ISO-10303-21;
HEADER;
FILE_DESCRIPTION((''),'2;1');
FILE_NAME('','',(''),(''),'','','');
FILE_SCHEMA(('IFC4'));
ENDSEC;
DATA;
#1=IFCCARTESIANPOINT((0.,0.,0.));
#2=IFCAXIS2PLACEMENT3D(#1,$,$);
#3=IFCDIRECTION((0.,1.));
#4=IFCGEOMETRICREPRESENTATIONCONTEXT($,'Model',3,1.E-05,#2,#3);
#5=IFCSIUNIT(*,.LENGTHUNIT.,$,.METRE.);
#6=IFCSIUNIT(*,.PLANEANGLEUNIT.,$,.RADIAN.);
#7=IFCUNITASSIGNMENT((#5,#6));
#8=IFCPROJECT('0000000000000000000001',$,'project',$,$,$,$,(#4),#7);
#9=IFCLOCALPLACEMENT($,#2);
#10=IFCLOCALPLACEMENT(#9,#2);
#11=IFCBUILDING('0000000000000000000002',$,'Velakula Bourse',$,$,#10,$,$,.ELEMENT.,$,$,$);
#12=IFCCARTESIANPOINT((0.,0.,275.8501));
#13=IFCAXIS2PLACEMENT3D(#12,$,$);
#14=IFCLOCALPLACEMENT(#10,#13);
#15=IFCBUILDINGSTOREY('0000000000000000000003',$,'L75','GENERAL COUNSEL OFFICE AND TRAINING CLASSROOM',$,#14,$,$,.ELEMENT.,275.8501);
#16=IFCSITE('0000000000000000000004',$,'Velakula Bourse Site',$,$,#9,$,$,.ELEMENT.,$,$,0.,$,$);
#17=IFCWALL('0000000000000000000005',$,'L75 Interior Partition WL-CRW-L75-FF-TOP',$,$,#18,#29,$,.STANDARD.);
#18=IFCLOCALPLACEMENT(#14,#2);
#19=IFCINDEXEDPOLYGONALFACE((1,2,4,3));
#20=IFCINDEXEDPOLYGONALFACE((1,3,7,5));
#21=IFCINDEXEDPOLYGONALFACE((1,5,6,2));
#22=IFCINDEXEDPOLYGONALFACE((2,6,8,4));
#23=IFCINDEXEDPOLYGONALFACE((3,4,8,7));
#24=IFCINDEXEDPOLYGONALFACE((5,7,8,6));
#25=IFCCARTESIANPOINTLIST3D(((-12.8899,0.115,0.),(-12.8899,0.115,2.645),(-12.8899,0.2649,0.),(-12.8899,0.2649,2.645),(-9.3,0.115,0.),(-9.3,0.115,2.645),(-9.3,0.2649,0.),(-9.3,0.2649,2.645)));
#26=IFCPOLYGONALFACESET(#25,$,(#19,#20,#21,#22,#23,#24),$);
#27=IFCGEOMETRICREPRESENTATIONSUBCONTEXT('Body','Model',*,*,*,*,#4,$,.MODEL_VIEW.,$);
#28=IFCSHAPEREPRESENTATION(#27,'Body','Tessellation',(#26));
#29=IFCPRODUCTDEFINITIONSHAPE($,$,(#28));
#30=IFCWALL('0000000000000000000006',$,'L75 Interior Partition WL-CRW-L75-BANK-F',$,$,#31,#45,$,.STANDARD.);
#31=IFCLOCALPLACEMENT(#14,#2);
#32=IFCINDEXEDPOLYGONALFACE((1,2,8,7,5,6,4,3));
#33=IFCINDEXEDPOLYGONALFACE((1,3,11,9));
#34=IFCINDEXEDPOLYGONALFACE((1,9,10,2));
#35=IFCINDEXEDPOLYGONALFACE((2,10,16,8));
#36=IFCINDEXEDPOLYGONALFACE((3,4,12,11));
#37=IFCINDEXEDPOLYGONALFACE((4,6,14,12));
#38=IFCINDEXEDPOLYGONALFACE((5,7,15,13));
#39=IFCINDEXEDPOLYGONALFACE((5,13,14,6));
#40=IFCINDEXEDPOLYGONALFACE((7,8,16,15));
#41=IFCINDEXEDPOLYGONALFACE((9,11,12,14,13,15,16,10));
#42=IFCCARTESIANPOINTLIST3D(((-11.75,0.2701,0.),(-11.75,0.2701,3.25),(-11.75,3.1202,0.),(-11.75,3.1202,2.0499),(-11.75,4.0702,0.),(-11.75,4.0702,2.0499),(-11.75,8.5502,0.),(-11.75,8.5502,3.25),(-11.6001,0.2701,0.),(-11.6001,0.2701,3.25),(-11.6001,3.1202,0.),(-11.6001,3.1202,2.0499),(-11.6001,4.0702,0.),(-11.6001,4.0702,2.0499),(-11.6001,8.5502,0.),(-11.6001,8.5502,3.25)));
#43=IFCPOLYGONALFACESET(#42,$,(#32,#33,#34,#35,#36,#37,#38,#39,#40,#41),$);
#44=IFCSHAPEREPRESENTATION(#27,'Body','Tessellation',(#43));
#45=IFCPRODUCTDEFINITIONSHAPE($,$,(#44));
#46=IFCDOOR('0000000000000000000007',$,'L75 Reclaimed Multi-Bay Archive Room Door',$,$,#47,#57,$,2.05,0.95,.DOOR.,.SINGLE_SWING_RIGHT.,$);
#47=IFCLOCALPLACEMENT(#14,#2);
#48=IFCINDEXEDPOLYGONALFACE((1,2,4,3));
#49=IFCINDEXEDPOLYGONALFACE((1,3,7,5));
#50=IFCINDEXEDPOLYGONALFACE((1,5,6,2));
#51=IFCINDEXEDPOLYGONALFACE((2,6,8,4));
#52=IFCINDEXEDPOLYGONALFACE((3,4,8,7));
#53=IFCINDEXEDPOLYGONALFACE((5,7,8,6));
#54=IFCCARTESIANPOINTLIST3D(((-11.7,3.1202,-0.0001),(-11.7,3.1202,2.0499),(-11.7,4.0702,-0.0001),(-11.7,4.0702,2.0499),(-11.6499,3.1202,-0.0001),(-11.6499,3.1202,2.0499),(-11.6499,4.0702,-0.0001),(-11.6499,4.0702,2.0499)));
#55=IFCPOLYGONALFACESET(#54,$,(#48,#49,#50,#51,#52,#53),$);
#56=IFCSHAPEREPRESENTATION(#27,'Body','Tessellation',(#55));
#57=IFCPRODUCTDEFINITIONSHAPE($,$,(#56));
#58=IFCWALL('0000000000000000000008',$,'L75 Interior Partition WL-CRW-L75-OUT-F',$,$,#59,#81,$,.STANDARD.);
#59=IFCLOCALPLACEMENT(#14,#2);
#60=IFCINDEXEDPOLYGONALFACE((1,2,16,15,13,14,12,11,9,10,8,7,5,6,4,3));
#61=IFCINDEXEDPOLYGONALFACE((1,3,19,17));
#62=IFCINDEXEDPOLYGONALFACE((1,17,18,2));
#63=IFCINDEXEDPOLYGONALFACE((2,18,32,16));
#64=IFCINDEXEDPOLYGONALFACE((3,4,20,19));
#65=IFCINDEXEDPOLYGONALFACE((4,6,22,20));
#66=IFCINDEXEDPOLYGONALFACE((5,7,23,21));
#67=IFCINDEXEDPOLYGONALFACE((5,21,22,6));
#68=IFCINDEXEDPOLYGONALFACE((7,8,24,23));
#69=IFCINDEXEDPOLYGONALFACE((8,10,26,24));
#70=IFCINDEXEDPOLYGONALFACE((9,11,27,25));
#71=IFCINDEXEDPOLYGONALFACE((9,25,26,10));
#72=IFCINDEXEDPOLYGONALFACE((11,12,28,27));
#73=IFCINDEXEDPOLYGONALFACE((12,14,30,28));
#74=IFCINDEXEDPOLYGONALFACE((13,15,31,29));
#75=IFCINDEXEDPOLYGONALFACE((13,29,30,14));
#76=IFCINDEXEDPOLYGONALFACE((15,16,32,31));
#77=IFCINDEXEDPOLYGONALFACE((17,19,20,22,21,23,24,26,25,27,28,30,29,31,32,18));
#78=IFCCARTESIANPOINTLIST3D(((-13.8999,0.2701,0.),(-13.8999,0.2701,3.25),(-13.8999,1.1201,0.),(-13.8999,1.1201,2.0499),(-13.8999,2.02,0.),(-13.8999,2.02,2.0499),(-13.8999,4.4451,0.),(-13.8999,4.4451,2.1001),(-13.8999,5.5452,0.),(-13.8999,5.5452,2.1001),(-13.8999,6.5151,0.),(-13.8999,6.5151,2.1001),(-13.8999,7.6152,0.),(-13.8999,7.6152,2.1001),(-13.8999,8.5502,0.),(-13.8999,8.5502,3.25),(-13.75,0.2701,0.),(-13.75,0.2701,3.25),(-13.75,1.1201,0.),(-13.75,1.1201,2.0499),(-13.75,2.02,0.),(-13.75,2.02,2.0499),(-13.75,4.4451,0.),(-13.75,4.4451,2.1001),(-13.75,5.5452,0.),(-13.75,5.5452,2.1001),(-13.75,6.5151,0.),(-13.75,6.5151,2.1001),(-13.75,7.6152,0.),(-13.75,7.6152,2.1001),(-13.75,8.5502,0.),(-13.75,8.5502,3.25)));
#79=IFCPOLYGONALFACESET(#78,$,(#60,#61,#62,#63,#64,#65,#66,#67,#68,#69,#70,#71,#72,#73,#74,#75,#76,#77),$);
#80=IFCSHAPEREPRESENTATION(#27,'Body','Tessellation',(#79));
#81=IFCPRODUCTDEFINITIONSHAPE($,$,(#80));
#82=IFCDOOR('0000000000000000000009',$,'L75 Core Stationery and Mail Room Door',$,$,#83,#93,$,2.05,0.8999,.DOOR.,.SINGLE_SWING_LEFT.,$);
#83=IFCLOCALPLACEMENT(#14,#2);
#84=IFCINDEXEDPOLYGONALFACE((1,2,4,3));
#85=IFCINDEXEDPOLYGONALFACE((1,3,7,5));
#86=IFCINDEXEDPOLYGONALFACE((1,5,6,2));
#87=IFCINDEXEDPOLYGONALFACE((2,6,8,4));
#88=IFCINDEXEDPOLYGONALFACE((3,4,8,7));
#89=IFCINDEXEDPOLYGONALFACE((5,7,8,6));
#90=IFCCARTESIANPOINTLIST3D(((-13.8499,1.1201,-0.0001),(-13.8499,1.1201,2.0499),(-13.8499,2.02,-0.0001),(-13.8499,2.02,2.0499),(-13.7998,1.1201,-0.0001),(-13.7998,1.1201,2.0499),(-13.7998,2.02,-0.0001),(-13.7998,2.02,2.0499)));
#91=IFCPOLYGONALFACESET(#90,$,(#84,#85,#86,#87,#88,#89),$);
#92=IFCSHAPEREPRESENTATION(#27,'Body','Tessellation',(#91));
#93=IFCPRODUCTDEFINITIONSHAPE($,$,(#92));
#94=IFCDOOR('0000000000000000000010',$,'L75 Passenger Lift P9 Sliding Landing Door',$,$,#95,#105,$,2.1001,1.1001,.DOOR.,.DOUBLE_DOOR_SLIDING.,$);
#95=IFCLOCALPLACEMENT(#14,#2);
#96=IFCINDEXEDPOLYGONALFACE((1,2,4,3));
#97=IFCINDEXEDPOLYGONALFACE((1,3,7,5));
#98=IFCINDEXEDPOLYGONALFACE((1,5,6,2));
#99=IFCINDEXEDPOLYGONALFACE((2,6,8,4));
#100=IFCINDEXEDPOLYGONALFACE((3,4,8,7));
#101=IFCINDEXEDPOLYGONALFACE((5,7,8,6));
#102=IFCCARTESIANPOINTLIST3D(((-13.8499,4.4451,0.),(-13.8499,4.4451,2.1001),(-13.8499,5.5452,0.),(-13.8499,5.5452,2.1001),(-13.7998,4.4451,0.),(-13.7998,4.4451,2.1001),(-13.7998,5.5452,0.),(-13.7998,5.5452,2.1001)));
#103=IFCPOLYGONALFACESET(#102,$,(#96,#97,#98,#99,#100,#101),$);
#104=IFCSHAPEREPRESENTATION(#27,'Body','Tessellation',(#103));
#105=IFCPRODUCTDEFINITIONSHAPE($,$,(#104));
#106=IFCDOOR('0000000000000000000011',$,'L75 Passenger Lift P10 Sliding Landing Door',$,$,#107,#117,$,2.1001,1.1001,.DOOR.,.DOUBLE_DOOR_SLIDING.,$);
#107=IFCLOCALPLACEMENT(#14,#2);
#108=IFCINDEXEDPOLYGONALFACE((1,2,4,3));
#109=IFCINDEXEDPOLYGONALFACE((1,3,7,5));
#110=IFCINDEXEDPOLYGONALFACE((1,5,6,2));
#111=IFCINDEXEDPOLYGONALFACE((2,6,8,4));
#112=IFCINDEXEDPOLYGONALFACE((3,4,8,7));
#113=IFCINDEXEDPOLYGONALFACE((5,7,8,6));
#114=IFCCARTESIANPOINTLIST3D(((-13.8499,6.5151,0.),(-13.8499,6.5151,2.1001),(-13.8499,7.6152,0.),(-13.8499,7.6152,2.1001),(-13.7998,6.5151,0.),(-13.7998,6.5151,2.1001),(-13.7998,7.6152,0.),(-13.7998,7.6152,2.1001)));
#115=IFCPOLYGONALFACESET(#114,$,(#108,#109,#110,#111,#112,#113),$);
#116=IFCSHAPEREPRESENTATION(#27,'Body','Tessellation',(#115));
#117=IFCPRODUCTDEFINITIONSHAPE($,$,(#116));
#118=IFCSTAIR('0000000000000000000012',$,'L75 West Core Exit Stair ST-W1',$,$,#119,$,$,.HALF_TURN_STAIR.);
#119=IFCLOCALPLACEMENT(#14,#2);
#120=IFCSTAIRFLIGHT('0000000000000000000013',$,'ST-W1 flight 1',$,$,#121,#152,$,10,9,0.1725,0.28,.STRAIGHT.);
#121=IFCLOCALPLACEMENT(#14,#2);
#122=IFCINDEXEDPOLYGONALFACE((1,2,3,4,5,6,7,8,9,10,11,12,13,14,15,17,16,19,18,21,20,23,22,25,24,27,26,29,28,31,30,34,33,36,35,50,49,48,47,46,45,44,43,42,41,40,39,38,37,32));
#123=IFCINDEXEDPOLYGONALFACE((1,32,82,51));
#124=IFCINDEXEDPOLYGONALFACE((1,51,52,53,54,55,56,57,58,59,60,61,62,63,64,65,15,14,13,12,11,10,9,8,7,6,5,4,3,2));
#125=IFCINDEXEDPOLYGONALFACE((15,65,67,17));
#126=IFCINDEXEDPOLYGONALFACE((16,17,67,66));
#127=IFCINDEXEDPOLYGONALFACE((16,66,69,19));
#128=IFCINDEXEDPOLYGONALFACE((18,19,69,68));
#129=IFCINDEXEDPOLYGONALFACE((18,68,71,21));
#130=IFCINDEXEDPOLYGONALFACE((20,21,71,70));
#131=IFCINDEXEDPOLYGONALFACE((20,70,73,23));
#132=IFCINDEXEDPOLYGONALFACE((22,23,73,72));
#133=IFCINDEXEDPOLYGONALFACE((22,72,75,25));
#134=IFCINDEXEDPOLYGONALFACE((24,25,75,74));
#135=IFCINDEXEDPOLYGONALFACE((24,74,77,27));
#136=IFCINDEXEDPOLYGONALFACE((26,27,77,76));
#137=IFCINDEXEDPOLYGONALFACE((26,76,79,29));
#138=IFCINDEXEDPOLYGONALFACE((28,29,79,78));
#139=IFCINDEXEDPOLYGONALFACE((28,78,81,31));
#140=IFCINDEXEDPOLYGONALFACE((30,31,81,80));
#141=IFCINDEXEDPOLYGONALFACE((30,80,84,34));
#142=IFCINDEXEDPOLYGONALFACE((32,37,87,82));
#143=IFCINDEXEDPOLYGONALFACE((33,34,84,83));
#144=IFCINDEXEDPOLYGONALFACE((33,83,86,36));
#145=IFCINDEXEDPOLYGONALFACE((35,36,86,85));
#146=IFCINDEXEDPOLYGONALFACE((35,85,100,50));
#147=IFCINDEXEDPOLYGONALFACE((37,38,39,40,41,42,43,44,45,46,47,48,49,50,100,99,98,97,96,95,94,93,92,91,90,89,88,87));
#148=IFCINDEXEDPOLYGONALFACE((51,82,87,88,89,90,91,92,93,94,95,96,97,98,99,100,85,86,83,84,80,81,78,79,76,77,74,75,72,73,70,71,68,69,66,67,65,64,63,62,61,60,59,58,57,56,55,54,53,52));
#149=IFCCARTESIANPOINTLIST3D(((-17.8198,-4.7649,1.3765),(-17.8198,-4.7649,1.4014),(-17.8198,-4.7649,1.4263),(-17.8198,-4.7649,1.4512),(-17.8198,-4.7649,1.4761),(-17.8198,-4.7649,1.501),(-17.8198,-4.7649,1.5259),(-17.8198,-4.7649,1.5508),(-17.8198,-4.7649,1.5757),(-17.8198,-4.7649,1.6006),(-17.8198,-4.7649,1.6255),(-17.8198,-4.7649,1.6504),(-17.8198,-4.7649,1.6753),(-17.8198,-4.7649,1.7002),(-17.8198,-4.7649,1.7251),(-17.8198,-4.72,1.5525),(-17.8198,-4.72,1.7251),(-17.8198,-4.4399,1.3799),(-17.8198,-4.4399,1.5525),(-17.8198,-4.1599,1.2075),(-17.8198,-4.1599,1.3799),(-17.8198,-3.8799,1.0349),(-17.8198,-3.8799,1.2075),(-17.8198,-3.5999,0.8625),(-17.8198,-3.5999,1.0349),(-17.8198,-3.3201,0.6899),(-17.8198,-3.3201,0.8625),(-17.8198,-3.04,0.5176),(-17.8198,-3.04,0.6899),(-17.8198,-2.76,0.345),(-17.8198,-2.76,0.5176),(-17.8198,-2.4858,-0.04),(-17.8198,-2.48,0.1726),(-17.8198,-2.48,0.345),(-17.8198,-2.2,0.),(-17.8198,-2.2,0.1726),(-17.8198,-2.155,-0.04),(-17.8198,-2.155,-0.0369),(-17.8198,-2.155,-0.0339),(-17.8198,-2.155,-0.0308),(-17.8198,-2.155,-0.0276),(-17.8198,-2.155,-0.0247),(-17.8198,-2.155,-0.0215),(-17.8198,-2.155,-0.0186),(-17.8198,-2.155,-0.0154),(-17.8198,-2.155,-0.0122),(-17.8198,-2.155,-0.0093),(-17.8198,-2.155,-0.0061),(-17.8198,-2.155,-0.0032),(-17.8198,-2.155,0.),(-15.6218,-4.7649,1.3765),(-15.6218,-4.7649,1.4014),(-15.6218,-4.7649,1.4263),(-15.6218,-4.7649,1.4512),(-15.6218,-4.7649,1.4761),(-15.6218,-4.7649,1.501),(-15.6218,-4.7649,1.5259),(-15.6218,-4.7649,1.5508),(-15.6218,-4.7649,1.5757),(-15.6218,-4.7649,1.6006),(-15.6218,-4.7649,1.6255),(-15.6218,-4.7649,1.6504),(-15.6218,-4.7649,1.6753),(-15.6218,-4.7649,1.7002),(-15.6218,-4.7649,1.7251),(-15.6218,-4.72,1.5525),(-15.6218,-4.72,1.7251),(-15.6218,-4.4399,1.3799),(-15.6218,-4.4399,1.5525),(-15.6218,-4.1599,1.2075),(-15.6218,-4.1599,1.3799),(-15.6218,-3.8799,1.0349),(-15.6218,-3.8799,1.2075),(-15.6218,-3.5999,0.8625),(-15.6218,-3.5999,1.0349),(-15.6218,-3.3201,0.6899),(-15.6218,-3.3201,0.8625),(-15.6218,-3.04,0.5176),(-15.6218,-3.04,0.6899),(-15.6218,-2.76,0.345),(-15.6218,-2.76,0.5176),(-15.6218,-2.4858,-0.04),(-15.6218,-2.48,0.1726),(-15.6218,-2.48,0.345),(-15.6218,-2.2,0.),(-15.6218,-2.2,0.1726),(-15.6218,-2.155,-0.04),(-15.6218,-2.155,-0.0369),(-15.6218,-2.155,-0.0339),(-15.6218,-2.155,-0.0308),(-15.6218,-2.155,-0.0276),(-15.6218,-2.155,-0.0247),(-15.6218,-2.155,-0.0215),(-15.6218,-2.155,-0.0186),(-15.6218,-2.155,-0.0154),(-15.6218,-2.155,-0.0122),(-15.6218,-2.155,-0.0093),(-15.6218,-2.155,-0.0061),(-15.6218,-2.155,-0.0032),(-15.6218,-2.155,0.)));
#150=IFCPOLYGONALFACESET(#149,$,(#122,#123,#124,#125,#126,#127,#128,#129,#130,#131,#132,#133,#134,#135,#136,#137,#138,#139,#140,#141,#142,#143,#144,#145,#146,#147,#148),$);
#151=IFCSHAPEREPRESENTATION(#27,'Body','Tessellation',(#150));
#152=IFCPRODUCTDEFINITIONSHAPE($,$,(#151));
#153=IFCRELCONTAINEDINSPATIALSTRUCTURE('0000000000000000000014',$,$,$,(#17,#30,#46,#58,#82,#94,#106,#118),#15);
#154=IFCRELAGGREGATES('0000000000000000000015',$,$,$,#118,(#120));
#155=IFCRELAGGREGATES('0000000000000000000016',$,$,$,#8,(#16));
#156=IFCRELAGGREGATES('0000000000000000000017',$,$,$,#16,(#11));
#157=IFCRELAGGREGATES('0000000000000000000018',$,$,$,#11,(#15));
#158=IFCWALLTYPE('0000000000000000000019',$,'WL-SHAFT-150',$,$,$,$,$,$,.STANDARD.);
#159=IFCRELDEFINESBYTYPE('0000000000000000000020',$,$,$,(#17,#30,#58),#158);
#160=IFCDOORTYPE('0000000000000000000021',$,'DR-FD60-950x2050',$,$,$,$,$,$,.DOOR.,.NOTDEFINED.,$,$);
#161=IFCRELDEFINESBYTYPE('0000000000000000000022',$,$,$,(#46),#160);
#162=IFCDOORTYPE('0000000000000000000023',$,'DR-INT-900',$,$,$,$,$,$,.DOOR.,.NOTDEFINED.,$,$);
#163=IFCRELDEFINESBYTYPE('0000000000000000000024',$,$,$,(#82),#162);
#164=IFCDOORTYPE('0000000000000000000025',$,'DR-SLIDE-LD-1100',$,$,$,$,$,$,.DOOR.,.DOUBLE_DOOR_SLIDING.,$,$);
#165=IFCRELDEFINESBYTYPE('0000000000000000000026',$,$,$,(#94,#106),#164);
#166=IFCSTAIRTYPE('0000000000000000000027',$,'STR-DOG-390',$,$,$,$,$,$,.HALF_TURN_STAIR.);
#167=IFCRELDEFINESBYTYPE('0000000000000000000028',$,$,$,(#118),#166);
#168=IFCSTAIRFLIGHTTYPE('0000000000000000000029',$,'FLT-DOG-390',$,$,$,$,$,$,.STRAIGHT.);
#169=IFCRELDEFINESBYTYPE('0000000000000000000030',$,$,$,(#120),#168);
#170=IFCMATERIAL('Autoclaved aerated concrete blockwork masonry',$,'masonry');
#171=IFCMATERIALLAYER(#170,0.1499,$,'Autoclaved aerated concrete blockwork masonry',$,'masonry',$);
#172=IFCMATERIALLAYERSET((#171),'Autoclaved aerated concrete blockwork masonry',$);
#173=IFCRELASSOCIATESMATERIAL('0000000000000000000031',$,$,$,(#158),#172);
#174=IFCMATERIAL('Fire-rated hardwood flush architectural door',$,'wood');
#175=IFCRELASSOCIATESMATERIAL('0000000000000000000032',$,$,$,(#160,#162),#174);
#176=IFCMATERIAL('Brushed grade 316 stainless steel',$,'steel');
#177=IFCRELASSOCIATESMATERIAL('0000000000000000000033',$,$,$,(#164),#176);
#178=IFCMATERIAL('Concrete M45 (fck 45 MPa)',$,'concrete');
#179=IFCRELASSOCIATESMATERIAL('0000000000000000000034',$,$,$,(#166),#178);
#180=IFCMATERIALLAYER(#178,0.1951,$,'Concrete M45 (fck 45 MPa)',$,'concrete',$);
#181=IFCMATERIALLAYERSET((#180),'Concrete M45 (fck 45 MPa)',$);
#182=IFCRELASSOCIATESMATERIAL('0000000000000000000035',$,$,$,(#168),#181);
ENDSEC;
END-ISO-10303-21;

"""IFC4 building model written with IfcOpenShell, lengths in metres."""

from ifc_helpers import new_model, si_unit, direction, frame, frame_2d, origin, place, context, subcontext, project, spatial, polyline, rectangle, outline, extrude, material, layer, layer_set, type_object, element, fill, aggregate, save


model = new_model("IFC4")

# Units and contexts
model_context = context("Model", 3, precision=1e-05, world=origin(), true_north=direction((0.0, 1.0)))
body_context = subcontext(model_context, "Body", "Model", "MODEL_VIEW")
ifc_project = project(units=[si_unit("LENGTHUNIT", "METRE"), si_unit("PLANEANGLEUNIT", "RADIAN")], contexts=[model_context])

# Site, building, storey
site_placement = place(None, origin())
site = spatial("IfcSite", under=ifc_project, at=site_placement, Name="Velakula Bourse Site", CompositionType="ELEMENT", RefElevation=0.0)
building_placement = place(site_placement, origin())
building = spatial("IfcBuilding", under=site, at=building_placement, Name="Velakula Bourse", CompositionType="ELEMENT")
storey_placement = place(building_placement, frame((0.0, 0.0, 275.8501)))
storey = spatial("IfcBuildingStorey", under=building, at=storey_placement, Name="L75", Description="GENERAL COUNSEL OFFICE AND TRAINING CLASSROOM", CompositionType="ELEMENT", Elevation=275.8501)

# Shared definitions
ifc_material_1 = material(Name="Fire-rated hardwood flush architectural door", Category="wood")

# Wall
ifc_material_2 = material(Name="Autoclaved aerated concrete blockwork masonry", Category="masonry")
ifc_layer_1 = layer(ifc_material_2, 0.1499, Name="Autoclaved aerated concrete blockwork masonry", Category="masonry")
ifc_layer_set_1 = layer_set([ifc_layer_1], Name="Autoclaved aerated concrete blockwork masonry")
wall_type_1 = type_object("IfcWallType", Name="WL-SHAFT-150", PredefinedType="STANDARD", material=ifc_layer_set_1)
wall_1_placement = place(storey_placement, frame((-12.8899, 0.1899, 0.0), z_axis=(0.0, 0.0, 1.0), x_axis=(1.0, 0.0, 0.0)))
element("IfcWall", 1, at=wall_1_placement, inside=storey, type_object=wall_type_1, Name="L75 Interior Partition WL-CRW-L75-FF-TOP", PredefinedType="STANDARD", context=body_context, shape_type="SweptSolid", body=[
    extrude(rectangle(XDim=3.5898, YDim=0.1499, at=frame_2d((1.7949, 0.0))), origin(), (0.0, 0.0, 1.0), 2.645),
])

# Wall, opening, door
wall_2_placement = place(storey_placement, frame((-11.675, 0.27, 0.0), z_axis=(0.0, 0.0, 1.0), x_axis=(0.0, 1.0, 0.0)))
wall_2 = element("IfcWall", 2, at=wall_2_placement, inside=storey, type_object=wall_type_1, Name="L75 Interior Partition WL-CRW-L75-BANK-F", PredefinedType="STANDARD", context=body_context, shape_type="SweptSolid", body=[
    extrude(rectangle(XDim=8.28, YDim=0.1499, at=frame_2d((4.1401, 0.0))), origin(), (0.0, 0.0, 1.0), 3.25),
])
opening_1_placement = place(wall_2_placement, frame((2.8501, 0.0, 0.0)))
opening_1 = element("IfcOpeningElement", 3, at=opening_1_placement, cuts=wall_2, PredefinedType="OPENING", context=body_context, shape_type="SweptSolid", body=[
    extrude(rectangle(XDim=0.95, YDim=2.05, at=frame_2d((0.4751, 1.0249))), frame((0.0, 0.085, 0.0), z_axis=(0.0, -1.0, 0.0), x_axis=(1.0, 0.0, 0.0)), (0.0, 0.0, 1.0), 0.1699),
])
door_type_1 = type_object("IfcDoorType", Name="DR-FD60-950x2050", OperationType="NOTDEFINED", PredefinedType="DOOR", material=ifc_material_1)
door_1_placement = place(opening_1_placement, origin())
door_1 = element("IfcDoor", 4, at=door_1_placement, inside=storey, type_object=door_type_1, Name="L75 Reclaimed Multi-Bay Archive Room Door", OperationType="SINGLE_SWING_RIGHT", OverallHeight=2.05, OverallWidth=0.95, PredefinedType="DOOR", context=body_context, shape_type="SweptSolid", body=[
    extrude(rectangle(XDim=0.95, YDim=2.05, at=frame_2d((0.4751, 1.0249))), frame((0.0, 0.0249, 0.0), z_axis=(0.0, -1.0, 0.0), x_axis=(1.0, 0.0, 0.0)), (0.0, 0.0, 1.0), 0.05),
])
fill(opening_1, door_1)

# Wall, openings, doors
wall_3_placement = place(storey_placement, frame((-13.825, 0.27, 0.0), z_axis=(0.0, 0.0, 1.0), x_axis=(0.0, 1.0, 0.0)))
wall_3 = element("IfcWall", 5, at=wall_3_placement, inside=storey, type_object=wall_type_1, Name="L75 Interior Partition WL-CRW-L75-OUT-F", PredefinedType="STANDARD", context=body_context, shape_type="SweptSolid", body=[
    extrude(rectangle(XDim=8.28, YDim=0.1499, at=frame_2d((4.1401, 0.0))), origin(), (0.0, 0.0, 1.0), 3.25),
])
opening_2_placement = place(wall_3_placement, frame((4.175, 0.0, 0.0)))
opening_2 = element("IfcOpeningElement", 6, at=opening_2_placement, cuts=wall_3, PredefinedType="OPENING", context=body_context, shape_type="SweptSolid", body=[
    extrude(rectangle(XDim=1.1001, YDim=2.1001, at=frame_2d((0.55, 1.05))), frame((0.0, 0.085, 0.0), z_axis=(0.0, -1.0, 0.0), x_axis=(1.0, 0.0, 0.0)), (0.0, 0.0, 1.0), 0.1699),
])
opening_3_placement = place(wall_3_placement, frame((6.2451, 0.0, 0.0)))
opening_3 = element("IfcOpeningElement", 7, at=opening_3_placement, cuts=wall_3, PredefinedType="OPENING", context=body_context, shape_type="SweptSolid", body=[
    extrude(rectangle(XDim=1.1001, YDim=2.1001, at=frame_2d((0.55, 1.05))), frame((0.0, 0.085, 0.0), z_axis=(0.0, -1.0, 0.0), x_axis=(1.0, 0.0, 0.0)), (0.0, 0.0, 1.0), 0.1699),
])
opening_4_placement = place(wall_3_placement, frame((0.8501, 0.0, 0.0)))
opening_4 = element("IfcOpeningElement", 8, at=opening_4_placement, cuts=wall_3, PredefinedType="OPENING", context=body_context, shape_type="SweptSolid", body=[
    extrude(rectangle(XDim=0.8999, YDim=2.05, at=frame_2d((0.45, 1.0249))), frame((0.0, 0.085, 0.0), z_axis=(0.0, -1.0, 0.0), x_axis=(1.0, 0.0, 0.0)), (0.0, 0.0, 1.0), 0.1699),
])
door_type_2 = type_object("IfcDoorType", Name="DR-INT-900", OperationType="NOTDEFINED", PredefinedType="DOOR", material=ifc_material_1)
door_2_placement = place(opening_4_placement, origin())
door_2 = element("IfcDoor", 9, at=door_2_placement, inside=storey, type_object=door_type_2, Name="L75 Core Stationery and Mail Room Door", OperationType="SINGLE_SWING_LEFT", OverallHeight=2.05, OverallWidth=0.8999, PredefinedType="DOOR", context=body_context, shape_type="SweptSolid", body=[
    extrude(rectangle(XDim=0.8999, YDim=2.05, at=frame_2d((0.45, 1.0249))), frame((0.0, 0.0249, 0.0), z_axis=(0.0, -1.0, 0.0), x_axis=(1.0, 0.0, 0.0)), (0.0, 0.0, 1.0), 0.05),
])
fill(opening_4, door_2)
ifc_material_3 = material(Name="Brushed grade 316 stainless steel", Category="steel")
door_type_3 = type_object("IfcDoorType", Name="DR-SLIDE-LD-1100", OperationType="DOUBLE_DOOR_SLIDING", PredefinedType="DOOR", material=ifc_material_3)
door_3_placement = place(opening_2_placement, origin())
door_3 = element("IfcDoor", 10, at=door_3_placement, inside=storey, type_object=door_type_3, Name="L75 Passenger Lift P9 Sliding Landing Door", OperationType="DOUBLE_DOOR_SLIDING", OverallHeight=2.1001, OverallWidth=1.1001, PredefinedType="DOOR", context=body_context, shape_type="SweptSolid", body=[
    extrude(rectangle(XDim=1.1001, YDim=2.1001, at=frame_2d((0.55, 1.05))), frame((0.0, 0.0249, 0.0), z_axis=(0.0, -1.0, 0.0), x_axis=(1.0, 0.0, 0.0)), (0.0, 0.0, 1.0), 0.05),
])
fill(opening_2, door_3)
door_4_placement = place(opening_3_placement, origin())
door_4 = element("IfcDoor", 11, at=door_4_placement, inside=storey, type_object=door_type_3, Name="L75 Passenger Lift P10 Sliding Landing Door", OperationType="DOUBLE_DOOR_SLIDING", OverallHeight=2.1001, OverallWidth=1.1001, PredefinedType="DOOR", context=body_context, shape_type="SweptSolid", body=[
    extrude(rectangle(XDim=1.1001, YDim=2.1001, at=frame_2d((0.55, 1.05))), frame((0.0, 0.0249, 0.0), z_axis=(0.0, -1.0, 0.0), x_axis=(1.0, 0.0, 0.0)), (0.0, 0.0, 1.0), 0.05),
])
fill(opening_3, door_4)

# Stair, stair flight
ifc_material_4 = material(Name="Concrete M45 (fck 45 MPa)", Category="concrete")
stair_type = type_object("IfcStairType", Name="STR-DOG-390", PredefinedType="HALF_TURN_STAIR", material=ifc_material_4)
stair_placement = place(storey_placement, origin())
stair = element("IfcStair", 12, at=stair_placement, inside=storey, type_object=stair_type, Name="L75 West Core Exit Stair ST-W1", PredefinedType="HALF_TURN_STAIR")
ifc_layer_2 = layer(ifc_material_4, 0.1951, Name="Concrete M45 (fck 45 MPa)", Category="concrete")
ifc_layer_set_2 = layer_set([ifc_layer_2], Name="Concrete M45 (fck 45 MPa)")
stair_flight_type = type_object("IfcStairFlightType", Name="FLT-DOG-390", PredefinedType="STRAIGHT", material=ifc_layer_set_2)
stair_flight_placement = place(storey_placement, frame((-16.7209, -2.2, 0.0), z_axis=(0.0, 0.0, 1.0), x_axis=(0.0, -1.0, 0.0)))
stair_flight = element("IfcStairFlight", 13, at=stair_flight_placement, type_object=stair_flight_type, Name="ST-W1 flight 1", NumberOfRisers=10, NumberOfTreads=9, PredefinedType="STRAIGHT", RiserHeight=0.1725, TreadLength=0.28, context=body_context, shape_type="SweptSolid", body=[
    extrude(outline(polyline([(-0.0449, -0.04), (-0.0449, -0.0369), (-0.0449, -0.0339), (-0.0449, -0.0308), (-0.0449, -0.0276), (-0.0449, -0.0247), (-0.0449, -0.0215), (-0.0449, -0.0186), (-0.0449, -0.0154), (-0.0449, -0.0122), (-0.0449, -0.0093), (-0.0449, -0.0061), (-0.0449, -0.0032), (-0.0449, 0.0), (0.0, 0.0), (0.0, 0.1726), (0.28, 0.1726), (0.28, 0.345), (0.5601, 0.345), (0.5601, 0.5176), (0.8401, 0.5176), (0.8401, 0.6899), (1.1201, 0.6899), (1.1201, 0.8625), (1.3999, 0.8625), (1.3999, 1.0349), (1.6799, 1.0349), (1.6799, 1.2075), (1.96, 1.2075), (1.96, 1.3799), (2.24, 1.3799), (2.24, 1.5525), (2.52, 1.5525), (2.52, 1.7251), (2.5649, 1.7251), (2.5649, 1.7002), (2.5649, 1.6753), (2.5649, 1.6504), (2.5649, 1.6255), (2.5649, 1.6006), (2.5649, 1.5757), (2.5649, 1.5508), (2.5649, 1.5259), (2.5649, 1.501), (2.5649, 1.4761), (2.5649, 1.4512), (2.5649, 1.4263), (2.5649, 1.4014), (2.5649, 1.3765), (0.2859, -0.04), (-0.0449, -0.04)])), frame((0.0, 1.0991, 0.0), z_axis=(0.0, -1.0, 0.0), x_axis=(1.0, 0.0, 0.0)), (0.0, 0.0, 1.0), 2.198),
])
aggregate(stair, [stair_flight])

save(model, "model.ifc")
